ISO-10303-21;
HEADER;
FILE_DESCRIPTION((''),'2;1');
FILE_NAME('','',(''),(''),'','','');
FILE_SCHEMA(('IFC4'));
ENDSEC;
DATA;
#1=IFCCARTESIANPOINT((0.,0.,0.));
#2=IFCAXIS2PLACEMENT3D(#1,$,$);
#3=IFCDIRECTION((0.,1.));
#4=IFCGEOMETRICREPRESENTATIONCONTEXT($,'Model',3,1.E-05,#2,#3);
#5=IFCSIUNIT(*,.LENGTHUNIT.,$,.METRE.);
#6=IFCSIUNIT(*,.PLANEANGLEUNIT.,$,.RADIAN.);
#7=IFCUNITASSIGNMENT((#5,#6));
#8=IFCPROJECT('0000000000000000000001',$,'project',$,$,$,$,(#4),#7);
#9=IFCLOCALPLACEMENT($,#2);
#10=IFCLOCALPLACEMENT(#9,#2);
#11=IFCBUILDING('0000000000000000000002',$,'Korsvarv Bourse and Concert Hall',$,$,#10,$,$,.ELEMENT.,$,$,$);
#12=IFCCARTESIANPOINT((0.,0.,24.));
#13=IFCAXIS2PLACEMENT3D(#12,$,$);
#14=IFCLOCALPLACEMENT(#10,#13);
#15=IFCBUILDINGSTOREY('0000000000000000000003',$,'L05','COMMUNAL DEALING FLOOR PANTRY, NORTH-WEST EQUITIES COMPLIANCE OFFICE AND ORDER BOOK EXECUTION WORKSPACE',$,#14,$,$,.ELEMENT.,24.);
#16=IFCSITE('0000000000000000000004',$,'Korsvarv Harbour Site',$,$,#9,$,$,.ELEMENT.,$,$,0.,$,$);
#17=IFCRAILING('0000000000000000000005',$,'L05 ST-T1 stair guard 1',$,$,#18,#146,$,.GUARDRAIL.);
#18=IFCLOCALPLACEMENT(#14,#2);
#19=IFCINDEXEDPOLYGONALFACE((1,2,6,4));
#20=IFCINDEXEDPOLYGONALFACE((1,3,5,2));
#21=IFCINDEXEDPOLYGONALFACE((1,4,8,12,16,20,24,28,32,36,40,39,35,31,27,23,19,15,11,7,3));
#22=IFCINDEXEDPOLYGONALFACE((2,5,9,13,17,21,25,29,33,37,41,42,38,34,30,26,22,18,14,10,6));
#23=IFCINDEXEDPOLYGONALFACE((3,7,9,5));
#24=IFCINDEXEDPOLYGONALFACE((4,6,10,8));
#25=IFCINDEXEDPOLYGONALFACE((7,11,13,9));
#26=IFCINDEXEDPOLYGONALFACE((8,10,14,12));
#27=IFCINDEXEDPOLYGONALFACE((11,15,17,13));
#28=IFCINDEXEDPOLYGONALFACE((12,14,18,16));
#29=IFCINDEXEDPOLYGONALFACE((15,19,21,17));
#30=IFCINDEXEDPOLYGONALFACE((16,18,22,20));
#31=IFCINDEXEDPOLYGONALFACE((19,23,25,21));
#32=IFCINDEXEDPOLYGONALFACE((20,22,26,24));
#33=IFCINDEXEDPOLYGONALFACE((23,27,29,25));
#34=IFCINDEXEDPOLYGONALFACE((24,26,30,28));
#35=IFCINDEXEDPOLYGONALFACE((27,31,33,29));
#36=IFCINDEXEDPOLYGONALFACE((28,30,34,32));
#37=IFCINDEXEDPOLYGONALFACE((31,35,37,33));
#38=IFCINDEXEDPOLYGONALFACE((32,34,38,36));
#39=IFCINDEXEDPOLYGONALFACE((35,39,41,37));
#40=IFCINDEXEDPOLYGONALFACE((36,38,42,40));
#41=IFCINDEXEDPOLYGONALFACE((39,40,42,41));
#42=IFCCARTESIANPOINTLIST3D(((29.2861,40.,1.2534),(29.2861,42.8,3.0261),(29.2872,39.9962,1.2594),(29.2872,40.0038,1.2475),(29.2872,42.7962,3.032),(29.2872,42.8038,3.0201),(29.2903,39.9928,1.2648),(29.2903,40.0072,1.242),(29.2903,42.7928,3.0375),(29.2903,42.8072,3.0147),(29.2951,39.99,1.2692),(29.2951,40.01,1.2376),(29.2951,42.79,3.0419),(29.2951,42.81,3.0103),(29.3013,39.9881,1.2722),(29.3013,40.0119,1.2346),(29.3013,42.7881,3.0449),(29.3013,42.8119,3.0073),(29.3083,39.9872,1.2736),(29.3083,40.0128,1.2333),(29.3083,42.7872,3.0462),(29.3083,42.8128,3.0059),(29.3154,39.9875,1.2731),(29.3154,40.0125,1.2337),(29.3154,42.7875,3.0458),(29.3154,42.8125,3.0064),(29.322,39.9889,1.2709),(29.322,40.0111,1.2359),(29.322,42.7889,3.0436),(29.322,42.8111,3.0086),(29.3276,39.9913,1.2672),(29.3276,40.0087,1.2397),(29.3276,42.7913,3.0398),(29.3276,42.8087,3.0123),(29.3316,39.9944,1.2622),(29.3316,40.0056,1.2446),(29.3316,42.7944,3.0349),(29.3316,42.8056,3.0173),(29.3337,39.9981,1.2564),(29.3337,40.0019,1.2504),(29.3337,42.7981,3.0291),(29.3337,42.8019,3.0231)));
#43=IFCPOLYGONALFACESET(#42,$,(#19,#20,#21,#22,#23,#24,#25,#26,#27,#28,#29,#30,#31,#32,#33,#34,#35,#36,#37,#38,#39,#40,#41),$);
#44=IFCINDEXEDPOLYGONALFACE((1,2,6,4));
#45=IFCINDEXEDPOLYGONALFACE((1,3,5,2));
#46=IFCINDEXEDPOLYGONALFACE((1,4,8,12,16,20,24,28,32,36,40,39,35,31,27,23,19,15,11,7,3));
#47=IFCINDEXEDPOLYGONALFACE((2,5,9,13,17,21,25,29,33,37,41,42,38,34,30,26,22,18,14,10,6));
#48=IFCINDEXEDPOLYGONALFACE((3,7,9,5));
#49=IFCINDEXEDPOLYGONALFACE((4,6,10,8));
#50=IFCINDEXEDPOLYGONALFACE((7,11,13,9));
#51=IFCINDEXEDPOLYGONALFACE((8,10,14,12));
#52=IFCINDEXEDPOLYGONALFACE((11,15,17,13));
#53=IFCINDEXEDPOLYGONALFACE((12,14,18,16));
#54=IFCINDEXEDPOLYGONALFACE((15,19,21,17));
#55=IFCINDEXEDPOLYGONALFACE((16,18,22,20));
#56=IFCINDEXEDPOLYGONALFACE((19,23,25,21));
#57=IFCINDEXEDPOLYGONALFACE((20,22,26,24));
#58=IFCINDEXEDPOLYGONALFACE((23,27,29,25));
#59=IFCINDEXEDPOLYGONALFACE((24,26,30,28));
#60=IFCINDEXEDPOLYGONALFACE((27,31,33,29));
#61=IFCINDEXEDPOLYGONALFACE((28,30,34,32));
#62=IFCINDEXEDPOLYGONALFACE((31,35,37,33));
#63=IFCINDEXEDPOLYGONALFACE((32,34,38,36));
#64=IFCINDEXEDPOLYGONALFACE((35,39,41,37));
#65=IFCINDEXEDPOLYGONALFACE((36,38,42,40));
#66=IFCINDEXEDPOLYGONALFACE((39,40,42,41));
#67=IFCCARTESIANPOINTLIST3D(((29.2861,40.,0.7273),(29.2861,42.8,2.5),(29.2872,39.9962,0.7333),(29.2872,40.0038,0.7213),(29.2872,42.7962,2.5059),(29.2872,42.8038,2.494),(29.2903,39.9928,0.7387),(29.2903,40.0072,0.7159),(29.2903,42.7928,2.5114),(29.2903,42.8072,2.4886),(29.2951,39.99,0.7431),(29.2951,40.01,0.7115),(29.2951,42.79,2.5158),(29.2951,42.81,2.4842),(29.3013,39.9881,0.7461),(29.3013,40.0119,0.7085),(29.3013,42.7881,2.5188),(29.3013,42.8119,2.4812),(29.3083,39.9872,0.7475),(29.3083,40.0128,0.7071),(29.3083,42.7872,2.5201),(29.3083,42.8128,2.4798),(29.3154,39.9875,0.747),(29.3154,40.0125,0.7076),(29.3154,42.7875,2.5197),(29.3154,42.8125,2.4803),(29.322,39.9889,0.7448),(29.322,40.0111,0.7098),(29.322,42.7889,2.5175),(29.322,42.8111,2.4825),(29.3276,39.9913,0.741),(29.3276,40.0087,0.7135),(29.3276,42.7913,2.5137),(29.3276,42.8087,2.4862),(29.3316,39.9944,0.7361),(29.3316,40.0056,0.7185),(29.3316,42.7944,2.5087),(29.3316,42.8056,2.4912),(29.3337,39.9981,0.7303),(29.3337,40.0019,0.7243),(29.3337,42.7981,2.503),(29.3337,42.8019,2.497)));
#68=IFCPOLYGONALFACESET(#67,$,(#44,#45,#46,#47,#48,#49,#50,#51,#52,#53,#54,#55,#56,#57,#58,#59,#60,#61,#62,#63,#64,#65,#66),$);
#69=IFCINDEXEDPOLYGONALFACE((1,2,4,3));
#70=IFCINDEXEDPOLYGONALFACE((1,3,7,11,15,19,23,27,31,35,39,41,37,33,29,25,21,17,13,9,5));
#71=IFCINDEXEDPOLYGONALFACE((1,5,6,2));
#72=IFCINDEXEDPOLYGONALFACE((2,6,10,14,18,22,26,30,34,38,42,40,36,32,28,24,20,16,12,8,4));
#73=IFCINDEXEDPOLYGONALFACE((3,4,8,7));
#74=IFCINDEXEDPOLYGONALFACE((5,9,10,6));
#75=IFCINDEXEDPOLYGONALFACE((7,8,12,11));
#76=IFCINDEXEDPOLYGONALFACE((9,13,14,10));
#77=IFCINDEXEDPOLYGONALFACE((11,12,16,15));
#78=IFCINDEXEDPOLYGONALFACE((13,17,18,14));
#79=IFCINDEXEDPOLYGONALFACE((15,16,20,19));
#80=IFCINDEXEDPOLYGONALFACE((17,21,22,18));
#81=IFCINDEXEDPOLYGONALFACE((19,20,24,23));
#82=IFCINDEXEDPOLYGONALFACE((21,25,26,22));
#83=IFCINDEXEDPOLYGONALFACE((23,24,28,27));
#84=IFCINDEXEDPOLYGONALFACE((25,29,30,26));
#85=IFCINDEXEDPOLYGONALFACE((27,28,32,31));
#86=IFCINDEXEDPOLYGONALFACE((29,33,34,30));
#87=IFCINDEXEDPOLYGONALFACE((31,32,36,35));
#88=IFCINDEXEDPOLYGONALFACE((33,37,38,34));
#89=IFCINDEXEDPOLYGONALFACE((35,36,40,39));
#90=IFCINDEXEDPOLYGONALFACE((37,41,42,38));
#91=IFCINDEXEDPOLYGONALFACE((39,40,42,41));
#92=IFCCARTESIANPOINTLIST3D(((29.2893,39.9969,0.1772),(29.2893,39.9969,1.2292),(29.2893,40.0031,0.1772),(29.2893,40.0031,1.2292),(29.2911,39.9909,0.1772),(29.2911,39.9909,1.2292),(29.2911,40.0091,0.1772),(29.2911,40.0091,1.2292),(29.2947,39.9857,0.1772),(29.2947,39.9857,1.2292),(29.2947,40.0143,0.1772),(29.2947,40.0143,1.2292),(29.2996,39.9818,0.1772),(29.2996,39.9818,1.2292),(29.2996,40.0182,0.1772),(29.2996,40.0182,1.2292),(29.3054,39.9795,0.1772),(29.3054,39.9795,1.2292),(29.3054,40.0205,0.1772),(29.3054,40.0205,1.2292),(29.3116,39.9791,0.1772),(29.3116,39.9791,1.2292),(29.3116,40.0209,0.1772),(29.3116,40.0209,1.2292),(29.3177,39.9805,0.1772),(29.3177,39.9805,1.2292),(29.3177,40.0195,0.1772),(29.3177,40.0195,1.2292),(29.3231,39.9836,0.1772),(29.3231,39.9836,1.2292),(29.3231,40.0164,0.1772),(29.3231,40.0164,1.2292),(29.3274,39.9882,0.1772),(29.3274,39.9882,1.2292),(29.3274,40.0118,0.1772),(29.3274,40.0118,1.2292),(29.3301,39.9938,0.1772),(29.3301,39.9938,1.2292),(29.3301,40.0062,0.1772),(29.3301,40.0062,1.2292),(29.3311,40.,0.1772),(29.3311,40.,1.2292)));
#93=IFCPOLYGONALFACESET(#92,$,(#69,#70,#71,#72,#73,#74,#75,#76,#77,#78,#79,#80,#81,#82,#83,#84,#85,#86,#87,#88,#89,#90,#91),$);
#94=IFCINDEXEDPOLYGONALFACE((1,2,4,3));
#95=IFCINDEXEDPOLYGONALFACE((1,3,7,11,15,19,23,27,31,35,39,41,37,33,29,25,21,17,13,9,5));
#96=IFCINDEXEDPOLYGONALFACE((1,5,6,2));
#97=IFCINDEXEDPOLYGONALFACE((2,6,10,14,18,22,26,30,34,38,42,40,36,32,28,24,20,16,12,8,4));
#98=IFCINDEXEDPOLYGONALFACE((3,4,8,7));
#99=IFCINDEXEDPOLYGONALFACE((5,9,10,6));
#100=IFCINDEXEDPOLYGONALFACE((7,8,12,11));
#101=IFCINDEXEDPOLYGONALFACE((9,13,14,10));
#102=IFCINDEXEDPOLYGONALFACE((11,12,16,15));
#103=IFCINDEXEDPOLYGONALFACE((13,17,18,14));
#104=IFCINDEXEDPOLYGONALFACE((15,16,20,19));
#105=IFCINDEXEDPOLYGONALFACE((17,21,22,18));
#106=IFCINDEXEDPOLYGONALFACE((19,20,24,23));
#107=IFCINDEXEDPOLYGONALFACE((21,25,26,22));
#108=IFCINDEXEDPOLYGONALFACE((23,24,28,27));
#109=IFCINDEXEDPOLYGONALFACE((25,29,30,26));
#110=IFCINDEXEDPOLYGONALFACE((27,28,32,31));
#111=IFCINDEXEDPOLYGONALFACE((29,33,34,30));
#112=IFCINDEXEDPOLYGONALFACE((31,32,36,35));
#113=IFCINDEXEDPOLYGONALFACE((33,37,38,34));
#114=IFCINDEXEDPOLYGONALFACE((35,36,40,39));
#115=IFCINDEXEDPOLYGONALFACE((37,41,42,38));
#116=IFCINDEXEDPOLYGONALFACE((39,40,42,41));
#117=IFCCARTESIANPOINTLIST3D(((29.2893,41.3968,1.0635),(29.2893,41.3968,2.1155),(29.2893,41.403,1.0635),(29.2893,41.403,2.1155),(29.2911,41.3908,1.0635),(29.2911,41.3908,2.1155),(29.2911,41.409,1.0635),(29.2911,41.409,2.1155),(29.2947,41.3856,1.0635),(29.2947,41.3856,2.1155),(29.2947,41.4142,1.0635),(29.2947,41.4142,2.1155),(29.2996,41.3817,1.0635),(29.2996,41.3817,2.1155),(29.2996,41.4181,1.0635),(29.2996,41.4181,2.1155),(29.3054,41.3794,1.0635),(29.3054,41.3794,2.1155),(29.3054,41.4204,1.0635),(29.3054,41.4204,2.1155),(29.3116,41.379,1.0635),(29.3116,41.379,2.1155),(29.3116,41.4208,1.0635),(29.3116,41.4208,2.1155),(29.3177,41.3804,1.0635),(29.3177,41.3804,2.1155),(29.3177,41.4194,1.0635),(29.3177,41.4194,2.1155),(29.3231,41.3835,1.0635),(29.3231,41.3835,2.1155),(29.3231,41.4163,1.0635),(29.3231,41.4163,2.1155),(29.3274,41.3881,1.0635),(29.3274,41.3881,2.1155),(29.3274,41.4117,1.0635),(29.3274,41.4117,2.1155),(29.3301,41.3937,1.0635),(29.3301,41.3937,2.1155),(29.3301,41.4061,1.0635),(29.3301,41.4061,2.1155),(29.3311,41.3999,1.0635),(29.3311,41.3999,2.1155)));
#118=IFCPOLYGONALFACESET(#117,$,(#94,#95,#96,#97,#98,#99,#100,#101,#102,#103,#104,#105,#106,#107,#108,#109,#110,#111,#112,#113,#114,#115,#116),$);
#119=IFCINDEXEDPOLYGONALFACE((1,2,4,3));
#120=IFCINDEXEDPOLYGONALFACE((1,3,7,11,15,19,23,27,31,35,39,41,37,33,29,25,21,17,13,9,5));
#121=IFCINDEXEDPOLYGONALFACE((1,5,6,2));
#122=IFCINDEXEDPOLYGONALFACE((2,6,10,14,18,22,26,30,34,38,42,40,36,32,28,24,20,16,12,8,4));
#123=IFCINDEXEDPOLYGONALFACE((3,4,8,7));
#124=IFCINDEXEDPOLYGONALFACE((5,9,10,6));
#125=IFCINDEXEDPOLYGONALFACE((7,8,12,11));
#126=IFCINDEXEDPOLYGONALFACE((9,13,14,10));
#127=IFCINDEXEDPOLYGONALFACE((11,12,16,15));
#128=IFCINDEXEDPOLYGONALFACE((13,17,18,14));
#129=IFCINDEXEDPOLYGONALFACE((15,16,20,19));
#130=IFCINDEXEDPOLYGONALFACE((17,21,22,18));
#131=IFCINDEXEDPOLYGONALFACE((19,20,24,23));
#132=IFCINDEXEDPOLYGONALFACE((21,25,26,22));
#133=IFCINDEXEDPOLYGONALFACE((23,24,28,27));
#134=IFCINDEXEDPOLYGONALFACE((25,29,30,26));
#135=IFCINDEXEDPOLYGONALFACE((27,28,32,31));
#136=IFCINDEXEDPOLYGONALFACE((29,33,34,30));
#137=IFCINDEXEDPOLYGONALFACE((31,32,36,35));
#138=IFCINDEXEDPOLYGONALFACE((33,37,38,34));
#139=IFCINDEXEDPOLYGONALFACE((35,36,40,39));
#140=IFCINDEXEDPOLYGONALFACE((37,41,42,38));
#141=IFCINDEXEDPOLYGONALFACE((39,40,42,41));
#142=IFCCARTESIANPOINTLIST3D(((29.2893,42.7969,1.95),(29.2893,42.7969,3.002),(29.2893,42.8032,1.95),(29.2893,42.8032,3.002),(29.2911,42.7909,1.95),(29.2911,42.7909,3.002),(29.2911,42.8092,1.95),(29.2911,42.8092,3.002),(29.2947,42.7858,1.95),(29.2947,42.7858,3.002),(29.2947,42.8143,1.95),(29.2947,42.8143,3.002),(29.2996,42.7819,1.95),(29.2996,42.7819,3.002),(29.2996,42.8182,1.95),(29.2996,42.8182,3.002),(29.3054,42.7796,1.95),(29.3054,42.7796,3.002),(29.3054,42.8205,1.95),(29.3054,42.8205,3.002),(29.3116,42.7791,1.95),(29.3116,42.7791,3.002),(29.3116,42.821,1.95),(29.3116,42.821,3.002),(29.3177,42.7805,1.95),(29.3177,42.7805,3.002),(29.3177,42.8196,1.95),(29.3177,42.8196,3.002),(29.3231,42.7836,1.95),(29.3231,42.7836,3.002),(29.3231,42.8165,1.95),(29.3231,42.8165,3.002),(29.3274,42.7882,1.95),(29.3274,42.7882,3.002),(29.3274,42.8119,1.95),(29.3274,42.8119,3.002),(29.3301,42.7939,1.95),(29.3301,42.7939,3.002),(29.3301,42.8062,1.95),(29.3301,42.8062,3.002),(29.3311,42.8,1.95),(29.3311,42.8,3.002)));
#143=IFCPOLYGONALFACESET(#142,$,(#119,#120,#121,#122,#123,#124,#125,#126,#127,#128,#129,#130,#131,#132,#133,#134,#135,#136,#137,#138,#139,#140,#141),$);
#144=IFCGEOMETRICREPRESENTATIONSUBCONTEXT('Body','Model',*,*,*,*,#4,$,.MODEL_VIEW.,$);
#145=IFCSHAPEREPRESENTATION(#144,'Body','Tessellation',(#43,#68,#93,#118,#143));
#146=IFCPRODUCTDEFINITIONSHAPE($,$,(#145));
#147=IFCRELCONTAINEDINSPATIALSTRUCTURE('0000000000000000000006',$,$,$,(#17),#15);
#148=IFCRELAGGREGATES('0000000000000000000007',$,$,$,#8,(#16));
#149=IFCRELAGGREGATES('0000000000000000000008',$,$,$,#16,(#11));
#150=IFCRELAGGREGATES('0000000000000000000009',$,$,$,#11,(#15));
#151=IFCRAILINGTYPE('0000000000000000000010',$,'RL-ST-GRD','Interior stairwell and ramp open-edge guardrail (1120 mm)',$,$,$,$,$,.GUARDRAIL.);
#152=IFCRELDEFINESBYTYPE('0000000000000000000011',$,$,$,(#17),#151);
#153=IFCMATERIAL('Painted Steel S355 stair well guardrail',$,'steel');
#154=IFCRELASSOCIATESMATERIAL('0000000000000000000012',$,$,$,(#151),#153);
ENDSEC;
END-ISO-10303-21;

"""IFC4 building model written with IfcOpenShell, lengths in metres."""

from ifc_helpers import new_model, si_unit, direction, frame, origin, origin_2d, place, context, subcontext, project, spatial, circle, extrude, material, type_object, element, save


model = new_model("IFC4")

# Units and contexts
model_context = context("Model", 3, precision=1e-05, world=origin(), true_north=direction((0.0, 1.0)))
body_context = subcontext(model_context, "Body", "Model", "MODEL_VIEW")
ifc_project = project(units=[si_unit("LENGTHUNIT", "METRE"), si_unit("PLANEANGLEUNIT", "RADIAN")], contexts=[model_context])

# Site, building, storey
site_placement = place(None, origin())
site = spatial("IfcSite", under=ifc_project, at=site_placement, Name="Korsvarv Harbour Site", CompositionType="ELEMENT", RefElevation=0.0)
building_placement = place(site_placement, origin())
building = spatial("IfcBuilding", under=site, at=building_placement, Name="Korsvarv Bourse and Concert Hall", CompositionType="ELEMENT")
storey_placement = place(building_placement, frame((0.0, 0.0, 24.0)))
storey = spatial("IfcBuildingStorey", under=building, at=storey_placement, Name="L05", Description="COMMUNAL DEALING FLOOR PANTRY, NORTH-WEST EQUITIES COMPLIANCE OFFICE AND ORDER BOOK EXECUTION WORKSPACE", CompositionType="ELEMENT", Elevation=24.0)

# Railing
ifc_material_1 = material(Name="Painted Steel S355 stair well guardrail", Category="steel")
railing_type_1 = type_object("IfcRailingType", Name="RL-ST-GRD", Description="Interior stairwell and ramp open-edge guardrail (1120 mm)", PredefinedType="GUARDRAIL", material=ifc_material_1)
railing_1_placement = place(storey_placement, frame((29.3101, 40.0, 0.1772)))
element("IfcRailing", 1, at=railing_1_placement, inside=storey, type_object=railing_type_1, Name="L05 ST-T1 stair guard 1", PredefinedType="GUARDRAIL", context=body_context, shape_type="SweptSolid", body=[
    extrude(circle(Radius=0.0239, at=origin_2d()), frame((0.0, 0.0, 1.0762), z_axis=(0.0, 0.844909, 0.53491), x_axis=(-1.0, 0.0, 0.0)), (0.0, 0.0, 1.0), 3.314),
    extrude(circle(Radius=0.0239, at=origin_2d()), frame((0.0, 0.0, 0.55), z_axis=(0.0, 0.844909, 0.53491), x_axis=(-1.0, 0.0, 0.0)), (0.0, 0.0, 1.0), 3.314),
    extrude(circle(Radius=0.021, at=origin_2d()), origin(), (0.0, 0.0, 1.0), 1.052),
    extrude(circle(Radius=0.021, at=origin_2d()), frame((0.0, 1.3999, 0.8862)), (0.0, 0.0, 1.0), 1.052),
    extrude(circle(Radius=0.021, at=origin_2d()), frame((0.0, 2.8, 1.7727)), (0.0, 0.0, 1.0), 1.052),
])

save(model, "model.ifc")
